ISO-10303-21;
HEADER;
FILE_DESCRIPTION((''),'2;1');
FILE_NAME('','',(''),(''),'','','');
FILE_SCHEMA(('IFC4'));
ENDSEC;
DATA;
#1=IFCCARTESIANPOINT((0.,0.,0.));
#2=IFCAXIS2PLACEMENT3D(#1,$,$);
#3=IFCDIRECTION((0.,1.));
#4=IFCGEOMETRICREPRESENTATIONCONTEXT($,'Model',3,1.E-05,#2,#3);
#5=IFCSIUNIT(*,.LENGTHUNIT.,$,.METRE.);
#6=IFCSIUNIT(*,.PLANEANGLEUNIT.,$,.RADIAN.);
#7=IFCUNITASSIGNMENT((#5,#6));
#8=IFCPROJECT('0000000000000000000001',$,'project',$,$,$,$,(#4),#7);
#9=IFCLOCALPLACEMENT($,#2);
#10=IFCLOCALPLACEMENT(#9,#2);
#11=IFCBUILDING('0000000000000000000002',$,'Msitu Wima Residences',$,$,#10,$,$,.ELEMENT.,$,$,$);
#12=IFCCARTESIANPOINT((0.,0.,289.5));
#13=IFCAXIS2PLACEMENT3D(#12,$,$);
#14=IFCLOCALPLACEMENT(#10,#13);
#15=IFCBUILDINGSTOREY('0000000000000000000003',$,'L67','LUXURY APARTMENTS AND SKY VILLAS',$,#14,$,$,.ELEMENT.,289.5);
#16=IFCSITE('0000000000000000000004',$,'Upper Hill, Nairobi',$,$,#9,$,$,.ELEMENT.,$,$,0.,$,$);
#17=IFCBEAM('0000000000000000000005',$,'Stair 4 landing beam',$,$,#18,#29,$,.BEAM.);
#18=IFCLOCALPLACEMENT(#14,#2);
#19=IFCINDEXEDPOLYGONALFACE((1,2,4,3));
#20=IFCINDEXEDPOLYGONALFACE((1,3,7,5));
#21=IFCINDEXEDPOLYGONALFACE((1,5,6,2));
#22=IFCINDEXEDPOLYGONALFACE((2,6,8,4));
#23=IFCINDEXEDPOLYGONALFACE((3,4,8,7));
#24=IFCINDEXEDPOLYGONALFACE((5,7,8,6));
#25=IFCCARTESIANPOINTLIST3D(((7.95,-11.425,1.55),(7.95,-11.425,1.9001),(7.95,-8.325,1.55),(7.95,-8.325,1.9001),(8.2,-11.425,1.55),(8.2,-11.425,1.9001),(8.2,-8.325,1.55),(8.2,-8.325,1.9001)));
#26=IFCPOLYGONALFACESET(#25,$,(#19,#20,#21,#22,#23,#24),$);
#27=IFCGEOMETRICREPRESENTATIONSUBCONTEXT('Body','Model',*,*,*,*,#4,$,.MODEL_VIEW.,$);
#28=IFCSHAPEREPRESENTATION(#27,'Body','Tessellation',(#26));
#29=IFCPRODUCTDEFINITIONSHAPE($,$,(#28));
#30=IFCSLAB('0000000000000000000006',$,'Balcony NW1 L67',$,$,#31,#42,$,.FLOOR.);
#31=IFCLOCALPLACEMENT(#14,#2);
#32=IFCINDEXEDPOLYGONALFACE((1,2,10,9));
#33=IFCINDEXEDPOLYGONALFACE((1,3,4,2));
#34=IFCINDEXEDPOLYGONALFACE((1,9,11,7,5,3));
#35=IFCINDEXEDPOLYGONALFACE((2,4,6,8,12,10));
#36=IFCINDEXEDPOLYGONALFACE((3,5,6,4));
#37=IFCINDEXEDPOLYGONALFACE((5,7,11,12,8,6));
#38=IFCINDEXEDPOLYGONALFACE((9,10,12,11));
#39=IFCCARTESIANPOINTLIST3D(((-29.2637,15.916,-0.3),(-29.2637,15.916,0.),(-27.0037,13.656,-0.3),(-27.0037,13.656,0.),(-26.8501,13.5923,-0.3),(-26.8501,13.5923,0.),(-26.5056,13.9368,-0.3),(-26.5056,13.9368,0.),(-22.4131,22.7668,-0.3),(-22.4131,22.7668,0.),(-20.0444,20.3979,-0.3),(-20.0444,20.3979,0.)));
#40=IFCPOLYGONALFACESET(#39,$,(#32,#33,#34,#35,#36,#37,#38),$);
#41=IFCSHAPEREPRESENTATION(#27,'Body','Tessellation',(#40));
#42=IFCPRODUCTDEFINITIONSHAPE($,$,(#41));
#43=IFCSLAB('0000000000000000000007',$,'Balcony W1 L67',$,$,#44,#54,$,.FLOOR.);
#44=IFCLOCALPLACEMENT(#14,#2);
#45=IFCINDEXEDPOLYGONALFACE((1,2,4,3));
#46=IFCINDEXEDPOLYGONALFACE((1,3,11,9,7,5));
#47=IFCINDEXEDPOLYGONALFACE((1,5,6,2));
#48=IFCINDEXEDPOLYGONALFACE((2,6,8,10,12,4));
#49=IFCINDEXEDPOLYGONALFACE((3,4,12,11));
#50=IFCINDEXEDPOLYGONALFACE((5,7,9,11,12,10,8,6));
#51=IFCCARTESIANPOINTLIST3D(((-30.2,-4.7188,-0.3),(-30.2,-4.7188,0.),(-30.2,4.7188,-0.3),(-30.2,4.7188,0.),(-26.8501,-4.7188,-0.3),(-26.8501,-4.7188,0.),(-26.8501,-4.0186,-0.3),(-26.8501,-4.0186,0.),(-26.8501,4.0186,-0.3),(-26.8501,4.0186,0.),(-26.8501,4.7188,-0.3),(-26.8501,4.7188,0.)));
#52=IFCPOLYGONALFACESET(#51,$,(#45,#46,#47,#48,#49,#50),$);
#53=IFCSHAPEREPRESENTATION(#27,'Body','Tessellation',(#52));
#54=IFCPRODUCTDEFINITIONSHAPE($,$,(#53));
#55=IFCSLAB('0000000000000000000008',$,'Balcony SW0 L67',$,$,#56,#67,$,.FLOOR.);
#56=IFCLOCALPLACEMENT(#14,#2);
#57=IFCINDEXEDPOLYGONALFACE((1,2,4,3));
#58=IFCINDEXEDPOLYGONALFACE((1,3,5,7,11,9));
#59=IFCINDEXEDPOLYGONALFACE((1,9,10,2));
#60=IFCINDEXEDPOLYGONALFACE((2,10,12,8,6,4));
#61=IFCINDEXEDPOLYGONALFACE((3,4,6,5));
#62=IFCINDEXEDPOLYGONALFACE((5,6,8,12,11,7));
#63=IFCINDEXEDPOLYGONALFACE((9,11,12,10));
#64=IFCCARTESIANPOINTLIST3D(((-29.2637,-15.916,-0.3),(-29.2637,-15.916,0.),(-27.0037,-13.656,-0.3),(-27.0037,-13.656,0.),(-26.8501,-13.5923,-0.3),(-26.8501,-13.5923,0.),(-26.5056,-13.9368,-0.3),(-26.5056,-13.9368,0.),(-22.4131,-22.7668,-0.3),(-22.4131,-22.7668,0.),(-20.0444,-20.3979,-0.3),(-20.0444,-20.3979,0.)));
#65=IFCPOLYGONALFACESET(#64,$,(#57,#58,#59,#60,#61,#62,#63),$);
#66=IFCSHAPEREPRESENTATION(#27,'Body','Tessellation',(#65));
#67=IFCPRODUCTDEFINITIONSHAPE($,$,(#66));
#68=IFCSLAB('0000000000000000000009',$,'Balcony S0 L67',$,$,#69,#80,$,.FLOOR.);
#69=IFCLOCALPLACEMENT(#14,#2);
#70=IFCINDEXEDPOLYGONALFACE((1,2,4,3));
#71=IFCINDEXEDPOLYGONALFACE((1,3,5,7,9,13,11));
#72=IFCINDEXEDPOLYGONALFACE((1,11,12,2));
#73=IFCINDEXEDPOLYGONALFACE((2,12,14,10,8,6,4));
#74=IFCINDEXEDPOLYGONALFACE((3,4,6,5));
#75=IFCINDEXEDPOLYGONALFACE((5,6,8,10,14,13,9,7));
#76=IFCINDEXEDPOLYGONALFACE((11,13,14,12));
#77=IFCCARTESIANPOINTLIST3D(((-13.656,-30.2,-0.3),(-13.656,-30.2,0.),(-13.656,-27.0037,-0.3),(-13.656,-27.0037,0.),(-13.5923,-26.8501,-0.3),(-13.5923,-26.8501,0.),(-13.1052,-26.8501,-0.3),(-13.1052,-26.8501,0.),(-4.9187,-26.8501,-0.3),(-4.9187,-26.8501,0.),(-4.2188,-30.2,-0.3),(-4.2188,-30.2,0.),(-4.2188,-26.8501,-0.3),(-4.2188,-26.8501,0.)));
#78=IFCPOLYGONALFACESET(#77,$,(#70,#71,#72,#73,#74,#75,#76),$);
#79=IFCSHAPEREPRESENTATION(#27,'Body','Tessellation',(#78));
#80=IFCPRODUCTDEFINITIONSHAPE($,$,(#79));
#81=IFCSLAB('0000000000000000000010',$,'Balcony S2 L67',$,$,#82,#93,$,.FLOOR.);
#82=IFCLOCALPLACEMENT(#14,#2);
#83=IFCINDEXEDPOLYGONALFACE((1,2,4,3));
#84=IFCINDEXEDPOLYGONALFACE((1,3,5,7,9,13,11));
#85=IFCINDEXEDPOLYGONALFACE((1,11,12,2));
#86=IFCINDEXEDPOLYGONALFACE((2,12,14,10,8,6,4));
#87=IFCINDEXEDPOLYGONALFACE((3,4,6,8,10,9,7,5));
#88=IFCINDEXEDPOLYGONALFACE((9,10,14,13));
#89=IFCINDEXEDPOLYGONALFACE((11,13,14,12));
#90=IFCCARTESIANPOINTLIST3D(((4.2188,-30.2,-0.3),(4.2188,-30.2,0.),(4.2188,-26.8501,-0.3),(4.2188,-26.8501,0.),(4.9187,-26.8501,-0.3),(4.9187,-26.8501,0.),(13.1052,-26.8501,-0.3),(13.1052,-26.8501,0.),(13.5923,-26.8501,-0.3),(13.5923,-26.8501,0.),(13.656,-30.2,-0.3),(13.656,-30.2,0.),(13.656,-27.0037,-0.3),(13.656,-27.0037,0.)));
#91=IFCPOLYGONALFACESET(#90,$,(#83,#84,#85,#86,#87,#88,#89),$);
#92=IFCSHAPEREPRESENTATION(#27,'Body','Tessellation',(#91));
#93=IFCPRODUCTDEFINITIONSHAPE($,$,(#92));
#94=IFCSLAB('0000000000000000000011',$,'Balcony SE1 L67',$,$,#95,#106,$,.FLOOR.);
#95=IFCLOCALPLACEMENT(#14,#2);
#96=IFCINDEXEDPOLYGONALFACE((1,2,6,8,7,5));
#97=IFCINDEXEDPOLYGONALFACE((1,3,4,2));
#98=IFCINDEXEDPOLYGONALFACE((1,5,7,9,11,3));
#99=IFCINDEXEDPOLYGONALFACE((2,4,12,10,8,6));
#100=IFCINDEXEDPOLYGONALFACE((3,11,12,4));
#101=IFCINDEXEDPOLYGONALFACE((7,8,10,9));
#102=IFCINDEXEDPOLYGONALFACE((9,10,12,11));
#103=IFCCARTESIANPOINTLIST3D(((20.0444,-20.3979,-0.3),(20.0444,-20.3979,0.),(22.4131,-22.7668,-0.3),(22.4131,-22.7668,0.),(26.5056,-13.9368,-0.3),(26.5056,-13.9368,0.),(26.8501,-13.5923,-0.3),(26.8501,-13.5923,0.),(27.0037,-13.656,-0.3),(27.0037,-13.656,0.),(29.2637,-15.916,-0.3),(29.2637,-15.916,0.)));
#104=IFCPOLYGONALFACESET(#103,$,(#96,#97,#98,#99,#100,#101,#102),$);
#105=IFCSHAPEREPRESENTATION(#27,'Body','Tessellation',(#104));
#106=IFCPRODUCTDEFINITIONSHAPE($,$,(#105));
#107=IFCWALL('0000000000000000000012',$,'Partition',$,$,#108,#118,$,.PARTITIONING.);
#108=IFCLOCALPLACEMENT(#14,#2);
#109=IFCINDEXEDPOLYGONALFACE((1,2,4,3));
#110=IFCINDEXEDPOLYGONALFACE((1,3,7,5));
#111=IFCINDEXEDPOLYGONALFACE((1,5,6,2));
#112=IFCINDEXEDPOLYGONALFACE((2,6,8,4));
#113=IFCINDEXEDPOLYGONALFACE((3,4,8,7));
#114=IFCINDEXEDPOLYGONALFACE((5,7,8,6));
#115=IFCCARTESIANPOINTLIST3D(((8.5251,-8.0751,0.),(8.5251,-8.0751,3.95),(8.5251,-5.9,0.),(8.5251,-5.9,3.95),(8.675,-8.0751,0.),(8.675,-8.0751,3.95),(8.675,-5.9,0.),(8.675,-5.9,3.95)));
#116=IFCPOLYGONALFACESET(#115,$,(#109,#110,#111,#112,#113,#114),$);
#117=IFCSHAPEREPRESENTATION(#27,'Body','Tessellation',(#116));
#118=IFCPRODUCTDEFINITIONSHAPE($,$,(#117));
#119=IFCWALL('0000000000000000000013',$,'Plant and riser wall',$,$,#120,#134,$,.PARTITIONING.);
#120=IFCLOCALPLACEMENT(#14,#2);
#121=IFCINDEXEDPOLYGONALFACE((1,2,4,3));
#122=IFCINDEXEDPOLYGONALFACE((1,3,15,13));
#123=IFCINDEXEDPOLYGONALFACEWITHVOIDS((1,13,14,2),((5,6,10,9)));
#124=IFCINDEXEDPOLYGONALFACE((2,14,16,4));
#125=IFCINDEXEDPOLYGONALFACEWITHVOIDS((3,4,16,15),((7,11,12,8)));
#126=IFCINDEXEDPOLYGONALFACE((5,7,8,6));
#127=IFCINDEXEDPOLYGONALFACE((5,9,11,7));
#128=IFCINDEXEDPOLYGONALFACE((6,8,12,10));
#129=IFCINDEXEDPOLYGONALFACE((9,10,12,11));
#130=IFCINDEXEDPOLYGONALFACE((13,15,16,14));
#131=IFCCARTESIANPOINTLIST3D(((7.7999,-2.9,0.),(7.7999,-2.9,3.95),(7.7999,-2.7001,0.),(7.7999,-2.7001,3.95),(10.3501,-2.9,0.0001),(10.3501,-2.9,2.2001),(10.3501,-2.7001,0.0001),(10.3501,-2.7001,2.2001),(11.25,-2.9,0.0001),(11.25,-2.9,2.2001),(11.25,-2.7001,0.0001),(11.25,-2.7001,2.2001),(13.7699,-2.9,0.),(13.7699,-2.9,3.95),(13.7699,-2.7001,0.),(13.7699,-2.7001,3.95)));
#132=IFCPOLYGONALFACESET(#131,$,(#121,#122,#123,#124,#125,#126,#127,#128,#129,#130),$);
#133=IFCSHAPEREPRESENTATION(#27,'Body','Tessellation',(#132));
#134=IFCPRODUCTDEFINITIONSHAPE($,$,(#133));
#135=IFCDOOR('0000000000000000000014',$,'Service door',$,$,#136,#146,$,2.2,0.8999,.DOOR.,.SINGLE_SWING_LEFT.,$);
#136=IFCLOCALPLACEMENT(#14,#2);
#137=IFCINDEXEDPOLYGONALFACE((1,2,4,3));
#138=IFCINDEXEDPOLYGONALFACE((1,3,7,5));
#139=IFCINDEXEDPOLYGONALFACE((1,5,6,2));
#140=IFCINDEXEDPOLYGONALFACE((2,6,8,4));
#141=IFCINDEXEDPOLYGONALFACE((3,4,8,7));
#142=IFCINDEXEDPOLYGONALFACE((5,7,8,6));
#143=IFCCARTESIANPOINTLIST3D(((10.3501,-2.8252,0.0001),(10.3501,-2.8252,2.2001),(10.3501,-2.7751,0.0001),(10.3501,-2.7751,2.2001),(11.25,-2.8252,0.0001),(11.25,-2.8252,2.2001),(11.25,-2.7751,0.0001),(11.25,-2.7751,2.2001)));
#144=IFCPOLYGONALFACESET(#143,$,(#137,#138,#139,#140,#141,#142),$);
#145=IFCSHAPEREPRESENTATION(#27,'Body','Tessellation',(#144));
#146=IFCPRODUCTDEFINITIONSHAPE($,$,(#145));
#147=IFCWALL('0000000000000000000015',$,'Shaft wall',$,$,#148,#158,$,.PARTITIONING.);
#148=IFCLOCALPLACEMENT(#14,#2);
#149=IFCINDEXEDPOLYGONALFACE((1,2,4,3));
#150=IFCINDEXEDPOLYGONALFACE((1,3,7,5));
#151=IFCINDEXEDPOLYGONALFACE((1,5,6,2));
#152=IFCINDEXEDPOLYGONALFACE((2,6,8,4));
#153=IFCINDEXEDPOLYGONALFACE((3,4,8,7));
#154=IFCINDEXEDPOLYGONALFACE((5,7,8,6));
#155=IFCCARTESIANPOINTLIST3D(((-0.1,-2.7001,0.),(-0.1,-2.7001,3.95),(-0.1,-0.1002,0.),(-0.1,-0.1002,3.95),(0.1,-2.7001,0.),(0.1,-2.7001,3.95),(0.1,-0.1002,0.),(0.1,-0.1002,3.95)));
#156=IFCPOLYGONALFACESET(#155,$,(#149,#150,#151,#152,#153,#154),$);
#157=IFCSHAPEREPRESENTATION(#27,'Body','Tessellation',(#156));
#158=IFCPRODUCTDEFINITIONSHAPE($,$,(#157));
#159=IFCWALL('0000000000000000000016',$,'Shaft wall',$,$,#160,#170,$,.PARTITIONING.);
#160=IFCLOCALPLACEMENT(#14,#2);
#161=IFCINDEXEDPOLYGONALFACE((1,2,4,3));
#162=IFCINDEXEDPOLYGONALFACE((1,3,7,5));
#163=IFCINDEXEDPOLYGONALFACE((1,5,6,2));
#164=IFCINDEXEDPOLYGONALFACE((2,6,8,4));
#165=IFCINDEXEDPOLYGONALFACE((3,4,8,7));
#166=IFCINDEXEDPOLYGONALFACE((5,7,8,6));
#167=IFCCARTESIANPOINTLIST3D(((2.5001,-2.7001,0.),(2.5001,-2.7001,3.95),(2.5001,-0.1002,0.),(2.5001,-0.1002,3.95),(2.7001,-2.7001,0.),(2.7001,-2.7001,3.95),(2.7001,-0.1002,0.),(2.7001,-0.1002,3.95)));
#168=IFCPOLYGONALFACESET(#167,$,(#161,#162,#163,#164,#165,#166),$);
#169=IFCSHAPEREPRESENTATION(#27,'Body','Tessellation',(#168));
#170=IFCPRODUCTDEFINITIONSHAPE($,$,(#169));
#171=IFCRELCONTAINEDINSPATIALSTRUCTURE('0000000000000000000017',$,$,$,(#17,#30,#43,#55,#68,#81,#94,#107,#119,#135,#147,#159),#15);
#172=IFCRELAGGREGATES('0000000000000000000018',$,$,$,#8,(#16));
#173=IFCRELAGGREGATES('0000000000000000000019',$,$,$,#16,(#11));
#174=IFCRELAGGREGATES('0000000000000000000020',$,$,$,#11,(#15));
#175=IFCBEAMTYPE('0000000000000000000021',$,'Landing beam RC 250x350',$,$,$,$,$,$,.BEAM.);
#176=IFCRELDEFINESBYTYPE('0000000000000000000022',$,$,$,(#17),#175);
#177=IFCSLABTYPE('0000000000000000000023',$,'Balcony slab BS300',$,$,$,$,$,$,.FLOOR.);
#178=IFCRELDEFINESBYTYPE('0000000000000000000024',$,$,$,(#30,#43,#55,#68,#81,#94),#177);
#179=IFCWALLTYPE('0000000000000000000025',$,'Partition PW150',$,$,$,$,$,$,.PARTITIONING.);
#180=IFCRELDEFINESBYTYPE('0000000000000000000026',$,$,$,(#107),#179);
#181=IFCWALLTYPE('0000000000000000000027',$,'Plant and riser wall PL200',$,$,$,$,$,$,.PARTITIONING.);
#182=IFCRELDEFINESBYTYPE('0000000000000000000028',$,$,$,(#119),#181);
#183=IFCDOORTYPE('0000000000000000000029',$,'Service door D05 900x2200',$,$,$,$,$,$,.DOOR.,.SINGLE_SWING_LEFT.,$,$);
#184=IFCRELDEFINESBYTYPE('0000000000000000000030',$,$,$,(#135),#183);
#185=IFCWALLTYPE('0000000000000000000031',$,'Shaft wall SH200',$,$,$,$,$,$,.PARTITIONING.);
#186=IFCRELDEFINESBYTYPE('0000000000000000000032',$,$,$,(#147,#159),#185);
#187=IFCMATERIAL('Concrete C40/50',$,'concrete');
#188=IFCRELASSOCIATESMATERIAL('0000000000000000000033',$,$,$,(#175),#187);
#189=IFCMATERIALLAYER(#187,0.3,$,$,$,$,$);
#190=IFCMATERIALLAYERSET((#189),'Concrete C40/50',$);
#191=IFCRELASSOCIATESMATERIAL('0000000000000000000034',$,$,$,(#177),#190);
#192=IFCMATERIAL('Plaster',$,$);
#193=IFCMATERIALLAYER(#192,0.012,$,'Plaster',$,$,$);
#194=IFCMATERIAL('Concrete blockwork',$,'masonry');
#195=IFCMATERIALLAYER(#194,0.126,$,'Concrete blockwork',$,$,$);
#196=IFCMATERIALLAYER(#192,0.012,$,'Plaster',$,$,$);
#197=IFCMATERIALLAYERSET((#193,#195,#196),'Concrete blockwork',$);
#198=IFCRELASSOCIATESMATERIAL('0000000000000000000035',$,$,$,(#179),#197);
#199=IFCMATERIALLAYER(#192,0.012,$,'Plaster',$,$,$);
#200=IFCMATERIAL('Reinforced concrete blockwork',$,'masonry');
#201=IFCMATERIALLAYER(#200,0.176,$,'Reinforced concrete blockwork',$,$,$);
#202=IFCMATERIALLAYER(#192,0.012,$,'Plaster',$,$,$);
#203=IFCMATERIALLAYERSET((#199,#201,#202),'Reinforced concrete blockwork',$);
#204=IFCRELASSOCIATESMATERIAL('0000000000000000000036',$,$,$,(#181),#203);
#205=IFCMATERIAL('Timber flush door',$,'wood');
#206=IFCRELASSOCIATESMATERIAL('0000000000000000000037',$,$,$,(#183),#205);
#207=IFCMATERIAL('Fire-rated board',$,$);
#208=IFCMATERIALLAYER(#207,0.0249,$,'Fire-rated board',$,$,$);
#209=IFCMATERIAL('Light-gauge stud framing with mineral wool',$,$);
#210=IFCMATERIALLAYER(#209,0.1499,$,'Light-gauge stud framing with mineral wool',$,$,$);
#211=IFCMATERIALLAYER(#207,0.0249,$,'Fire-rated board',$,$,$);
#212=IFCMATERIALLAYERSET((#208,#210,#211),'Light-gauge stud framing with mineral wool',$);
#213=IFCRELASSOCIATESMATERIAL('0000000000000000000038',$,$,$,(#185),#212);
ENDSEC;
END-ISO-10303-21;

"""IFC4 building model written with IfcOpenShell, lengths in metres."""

from ifc_helpers import new_model, si_unit, direction, frame, frame_2d, origin, origin_2d, place, context, subcontext, project, spatial, polyline, rectangle, outline, extrude, material, layer, layer_set, material_profile, profile_set, type_object, element, fill, save


model = new_model("IFC4")

# Units and contexts
model_context = context("Model", 3, precision=1e-05, world=origin(), true_north=direction((0.0, 1.0)))
body_context = subcontext(model_context, "Body", "Model", "MODEL_VIEW")
ifc_project = project(units=[si_unit("LENGTHUNIT", "METRE"), si_unit("PLANEANGLEUNIT", "RADIAN")], contexts=[model_context])

# Site, building, storey
site_placement = place(None, origin())
site = spatial("IfcSite", under=ifc_project, at=site_placement, Name="Upper Hill, Nairobi", CompositionType="ELEMENT", RefElevation=0.0)
building_placement = place(site_placement, origin())
building = spatial("IfcBuilding", under=site, at=building_placement, Name="Msitu Wima Residences", CompositionType="ELEMENT")
storey_placement = place(building_placement, frame((0.0, 0.0, 289.5)))
storey = spatial("IfcBuildingStorey", under=building, at=storey_placement, Name="L67", Description="LUXURY APARTMENTS AND SKY VILLAS", CompositionType="ELEMENT", Elevation=289.5)

# Beam
ifc_material_1 = material(Name="Concrete C40/50", Category="concrete")
ifc_material_profile = material_profile(ifc_material_1, rectangle(XDim=0.25, YDim=0.3501, at=origin_2d()), Name="RC 250x350")
ifc_profile_set = profile_set([ifc_material_profile], Name="Concrete C40/50")
beam_type = type_object("IfcBeamType", Name="Landing beam RC 250x350", PredefinedType="BEAM", material=ifc_profile_set)
beam_placement = place(storey_placement, frame((8.075, -11.425, 1.7251), z_axis=(0.0, 1.0, 0.0), x_axis=(-1.0, 0.0, 0.0)))
element("IfcBeam", 1, at=beam_placement, inside=storey, type_object=beam_type, Name="Stair 4 landing beam", PredefinedType="BEAM", context=body_context, shape_type="SweptSolid", body=[
    extrude(rectangle(XDim=0.25, YDim=0.3501, at=origin_2d()), origin(), (0.0, 0.0, 1.0), 3.1001),
])

# Slabs
ifc_layer_1 = layer(ifc_material_1, 0.3)
ifc_layer_set_1 = layer_set([ifc_layer_1], Name="Concrete C40/50")
slab_type = type_object("IfcSlabType", Name="Balcony slab BS300", PredefinedType="FLOOR", material=ifc_layer_set_1)
slab_1_placement = place(storey_placement, frame((0.0, 0.0, -0.3)))
element("IfcSlab", 2, at=slab_1_placement, inside=storey, type_object=slab_type, Name="Balcony NW1 L67", PredefinedType="FLOOR", context=body_context, shape_type="SweptSolid", body=[
    extrude(outline(polyline([(-26.5056, 13.9368), (-26.5056, 13.9368), (-26.8501, 13.5923), (-27.0037, 13.656), (-29.2637, 15.916), (-22.4131, 22.7668), (-20.0444, 20.3979), (-26.5056, 13.9368), (-26.5056, 13.9368)])), origin(), (0.0, 0.0, 1.0), 0.3),
])
slab_2_placement = place(storey_placement, frame((0.0, 0.0, -0.3)))
element("IfcSlab", 3, at=slab_2_placement, inside=storey, type_object=slab_type, Name="Balcony W1 L67", PredefinedType="FLOOR", context=body_context, shape_type="SweptSolid", body=[
    extrude(outline(polyline([(-26.8501, 4.0186), (-26.8501, -4.0186), (-26.8501, -4.7188), (-30.2, -4.7188), (-30.2, 4.7188), (-26.8501, 4.7188), (-26.8501, 4.0186)])), origin(), (0.0, 0.0, 1.0), 0.3),
])
slab_3_placement = place(storey_placement, frame((0.0, 0.0, -0.3)))
element("IfcSlab", 4, at=slab_3_placement, inside=storey, type_object=slab_type, Name="Balcony SW0 L67", PredefinedType="FLOOR", context=body_context, shape_type="SweptSolid", body=[
    extrude(outline(polyline([(-26.5056, -13.9368), (-26.5056, -13.9368), (-20.0444, -20.3979), (-22.4131, -22.7668), (-29.2637, -15.916), (-27.0037, -13.656), (-26.8501, -13.5923), (-26.5056, -13.9368), (-26.5056, -13.9368)])), origin(), (0.0, 0.0, 1.0), 0.3),
])
slab_4_placement = place(storey_placement, frame((0.0, 0.0, -0.3)))
element("IfcSlab", 5, at=slab_4_placement, inside=storey, type_object=slab_type, Name="Balcony S0 L67", PredefinedType="FLOOR", context=body_context, shape_type="SweptSolid", body=[
    extrude(outline(polyline([(-13.1052, -26.8501), (-13.1052, -26.8501), (-4.9187, -26.8501), (-4.2188, -26.8501), (-4.2188, -30.2), (-13.656, -30.2), (-13.656, -27.0037), (-13.5923, -26.8501), (-13.1052, -26.8501), (-13.1052, -26.8501)])), origin(), (0.0, 0.0, 1.0), 0.3),
])
slab_5_placement = place(storey_placement, frame((0.0, 0.0, -0.3)))
element("IfcSlab", 6, at=slab_5_placement, inside=storey, type_object=slab_type, Name="Balcony S2 L67", PredefinedType="FLOOR", context=body_context, shape_type="SweptSolid", body=[
    extrude(outline(polyline([(13.1052, -26.8501), (13.1052, -26.8501), (13.1052, -26.8501), (13.5923, -26.8501), (13.656, -27.0037), (13.656, -30.2), (4.2188, -30.2), (4.2188, -26.8501), (4.9187, -26.8501), (13.1052, -26.8501)])), origin(), (0.0, 0.0, 1.0), 0.3),
])
slab_6_placement = place(storey_placement, frame((0.0, 0.0, -0.3)))
element("IfcSlab", 7, at=slab_6_placement, inside=storey, type_object=slab_type, Name="Balcony SE1 L67", PredefinedType="FLOOR", context=body_context, shape_type="SweptSolid", body=[
    extrude(outline(polyline([(26.5056, -13.9368), (26.5056, -13.9368), (26.8501, -13.5923), (27.0037, -13.656), (29.2637, -15.916), (22.4131, -22.7668), (20.0444, -20.3979), (26.5056, -13.9368), (26.5056, -13.9368)])), origin(), (0.0, 0.0, 1.0), 0.3),
])

# Wall
ifc_material_2 = material(Name="Plaster")
ifc_layer_2 = layer(ifc_material_2, 0.012, Name="Plaster")
ifc_material_3 = material(Name="Concrete blockwork", Category="masonry")
ifc_layer_3 = layer(ifc_material_3, 0.126, Name="Concrete blockwork")
ifc_layer_4 = layer(ifc_material_2, 0.012, Name="Plaster")
ifc_layer_set_2 = layer_set([ifc_layer_2, ifc_layer_3, ifc_layer_4], Name="Concrete blockwork")
wall_type_1 = type_object("IfcWallType", Name="Partition PW150", PredefinedType="PARTITIONING", material=ifc_layer_set_2)
wall_1_placement = place(storey_placement, frame((8.6001, -8.075, 0.0), z_axis=(0.0, 0.0, 1.0), x_axis=(0.0, 1.0, 0.0)))
element("IfcWall", 8, at=wall_1_placement, inside=storey, type_object=wall_type_1, Name="Partition", PredefinedType="PARTITIONING", context=body_context, shape_type="SweptSolid", body=[
    extrude(rectangle(XDim=2.175, YDim=0.1499, at=frame_2d((1.0874, 0.0))), origin(), (0.0, 0.0, 1.0), 3.95),
])

# Wall, opening, door
ifc_layer_5 = layer(ifc_material_2, 0.012, Name="Plaster")
ifc_material_4 = material(Name="Reinforced concrete blockwork", Category="masonry")
ifc_layer_6 = layer(ifc_material_4, 0.176, Name="Reinforced concrete blockwork")
ifc_layer_7 = layer(ifc_material_2, 0.012, Name="Plaster")
ifc_layer_set_3 = layer_set([ifc_layer_5, ifc_layer_6, ifc_layer_7], Name="Reinforced concrete blockwork")
wall_type_2 = type_object("IfcWallType", Name="Plant and riser wall PL200", PredefinedType="PARTITIONING", material=ifc_layer_set_3)
wall_2_placement = place(storey_placement, frame((7.8, -2.8, 0.0), z_axis=(0.0, 0.0, 1.0), x_axis=(1.0, 0.0, 0.0)))
wall_2 = element("IfcWall", 9, at=wall_2_placement, inside=storey, type_object=wall_type_2, Name="Plant and riser wall", PredefinedType="PARTITIONING", context=body_context, shape_type="SweptSolid", body=[
    extrude(rectangle(XDim=5.97, YDim=0.2, at=frame_2d((2.9849, 0.0))), origin(), (0.0, 0.0, 1.0), 3.95),
])
opening_placement = place(wall_2_placement, frame((2.55, 0.0, 0.0)))
opening = element("IfcOpeningElement", 10, at=opening_placement, cuts=wall_2, PredefinedType="OPENING", context=body_context, shape_type="SweptSolid", body=[
    extrude(rectangle(XDim=0.8999, YDim=2.2, at=frame_2d((0.45, 1.1001))), frame((0.0, 0.1099, 0.0), z_axis=(0.0, -1.0, 0.0), x_axis=(1.0, 0.0, 0.0)), (0.0, 0.0, 1.0), 0.22),
])
ifc_material_5 = material(Name="Timber flush door", Category="wood")
door_type = type_object("IfcDoorType", Name="Service door D05 900x2200", OperationType="SINGLE_SWING_LEFT", PredefinedType="DOOR", material=ifc_material_5)
door_placement = place(opening_placement, origin())
door = element("IfcDoor", 11, at=door_placement, inside=storey, type_object=door_type, Name="Service door", OperationType="SINGLE_SWING_LEFT", OverallHeight=2.2, OverallWidth=0.8999, PredefinedType="DOOR", context=body_context, shape_type="SweptSolid", body=[
    extrude(rectangle(XDim=0.8999, YDim=2.2, at=frame_2d((0.45, 1.1001))), frame((0.0, 0.0249, 0.0), z_axis=(0.0, -1.0, 0.0), x_axis=(1.0, 0.0, 0.0)), (0.0, 0.0, 1.0), 0.05),
])
fill(opening, door)

# Walls
ifc_material_6 = material(Name="Fire-rated board")
ifc_layer_8 = layer(ifc_material_6, 0.0249, Name="Fire-rated board")
ifc_material_7 = material(Name="Light-gauge stud framing with mineral wool")
ifc_layer_9 = layer(ifc_material_7, 0.1499, Name="Light-gauge stud framing with mineral wool")
ifc_layer_10 = layer(ifc_material_6, 0.0249, Name="Fire-rated board")
ifc_layer_set_4 = layer_set([ifc_layer_8, ifc_layer_9, ifc_layer_10], Name="Light-gauge stud framing with mineral wool")
wall_type_3 = type_object("IfcWallType", Name="Shaft wall SH200", PredefinedType="PARTITIONING", material=ifc_layer_set_4)
for number, where, z_axis, x_axis, name in (
    (12, (0.0, -2.7, 0.0), (0.0, 0.0, 1.0), (0.0, 1.0, 0.0), "Shaft wall"),
    (13, (2.6001, -2.7, 0.0), (0.0, 0.0, 1.0), (0.0, 1.0, 0.0), "Shaft wall"),
):
    element("IfcWall", number, at=place(storey_placement, frame(where, z_axis=z_axis, x_axis=x_axis)), inside=storey, type_object=wall_type_3, Name=name, PredefinedType="PARTITIONING", context=body_context, shape_type="SweptSolid", body=[
        extrude(rectangle(XDim=2.5999, YDim=0.2, at=frame_2d((1.2998, 0.0))), origin(), (0.0, 0.0, 1.0), 3.95),
    ])

save(model, "model.ifc")
